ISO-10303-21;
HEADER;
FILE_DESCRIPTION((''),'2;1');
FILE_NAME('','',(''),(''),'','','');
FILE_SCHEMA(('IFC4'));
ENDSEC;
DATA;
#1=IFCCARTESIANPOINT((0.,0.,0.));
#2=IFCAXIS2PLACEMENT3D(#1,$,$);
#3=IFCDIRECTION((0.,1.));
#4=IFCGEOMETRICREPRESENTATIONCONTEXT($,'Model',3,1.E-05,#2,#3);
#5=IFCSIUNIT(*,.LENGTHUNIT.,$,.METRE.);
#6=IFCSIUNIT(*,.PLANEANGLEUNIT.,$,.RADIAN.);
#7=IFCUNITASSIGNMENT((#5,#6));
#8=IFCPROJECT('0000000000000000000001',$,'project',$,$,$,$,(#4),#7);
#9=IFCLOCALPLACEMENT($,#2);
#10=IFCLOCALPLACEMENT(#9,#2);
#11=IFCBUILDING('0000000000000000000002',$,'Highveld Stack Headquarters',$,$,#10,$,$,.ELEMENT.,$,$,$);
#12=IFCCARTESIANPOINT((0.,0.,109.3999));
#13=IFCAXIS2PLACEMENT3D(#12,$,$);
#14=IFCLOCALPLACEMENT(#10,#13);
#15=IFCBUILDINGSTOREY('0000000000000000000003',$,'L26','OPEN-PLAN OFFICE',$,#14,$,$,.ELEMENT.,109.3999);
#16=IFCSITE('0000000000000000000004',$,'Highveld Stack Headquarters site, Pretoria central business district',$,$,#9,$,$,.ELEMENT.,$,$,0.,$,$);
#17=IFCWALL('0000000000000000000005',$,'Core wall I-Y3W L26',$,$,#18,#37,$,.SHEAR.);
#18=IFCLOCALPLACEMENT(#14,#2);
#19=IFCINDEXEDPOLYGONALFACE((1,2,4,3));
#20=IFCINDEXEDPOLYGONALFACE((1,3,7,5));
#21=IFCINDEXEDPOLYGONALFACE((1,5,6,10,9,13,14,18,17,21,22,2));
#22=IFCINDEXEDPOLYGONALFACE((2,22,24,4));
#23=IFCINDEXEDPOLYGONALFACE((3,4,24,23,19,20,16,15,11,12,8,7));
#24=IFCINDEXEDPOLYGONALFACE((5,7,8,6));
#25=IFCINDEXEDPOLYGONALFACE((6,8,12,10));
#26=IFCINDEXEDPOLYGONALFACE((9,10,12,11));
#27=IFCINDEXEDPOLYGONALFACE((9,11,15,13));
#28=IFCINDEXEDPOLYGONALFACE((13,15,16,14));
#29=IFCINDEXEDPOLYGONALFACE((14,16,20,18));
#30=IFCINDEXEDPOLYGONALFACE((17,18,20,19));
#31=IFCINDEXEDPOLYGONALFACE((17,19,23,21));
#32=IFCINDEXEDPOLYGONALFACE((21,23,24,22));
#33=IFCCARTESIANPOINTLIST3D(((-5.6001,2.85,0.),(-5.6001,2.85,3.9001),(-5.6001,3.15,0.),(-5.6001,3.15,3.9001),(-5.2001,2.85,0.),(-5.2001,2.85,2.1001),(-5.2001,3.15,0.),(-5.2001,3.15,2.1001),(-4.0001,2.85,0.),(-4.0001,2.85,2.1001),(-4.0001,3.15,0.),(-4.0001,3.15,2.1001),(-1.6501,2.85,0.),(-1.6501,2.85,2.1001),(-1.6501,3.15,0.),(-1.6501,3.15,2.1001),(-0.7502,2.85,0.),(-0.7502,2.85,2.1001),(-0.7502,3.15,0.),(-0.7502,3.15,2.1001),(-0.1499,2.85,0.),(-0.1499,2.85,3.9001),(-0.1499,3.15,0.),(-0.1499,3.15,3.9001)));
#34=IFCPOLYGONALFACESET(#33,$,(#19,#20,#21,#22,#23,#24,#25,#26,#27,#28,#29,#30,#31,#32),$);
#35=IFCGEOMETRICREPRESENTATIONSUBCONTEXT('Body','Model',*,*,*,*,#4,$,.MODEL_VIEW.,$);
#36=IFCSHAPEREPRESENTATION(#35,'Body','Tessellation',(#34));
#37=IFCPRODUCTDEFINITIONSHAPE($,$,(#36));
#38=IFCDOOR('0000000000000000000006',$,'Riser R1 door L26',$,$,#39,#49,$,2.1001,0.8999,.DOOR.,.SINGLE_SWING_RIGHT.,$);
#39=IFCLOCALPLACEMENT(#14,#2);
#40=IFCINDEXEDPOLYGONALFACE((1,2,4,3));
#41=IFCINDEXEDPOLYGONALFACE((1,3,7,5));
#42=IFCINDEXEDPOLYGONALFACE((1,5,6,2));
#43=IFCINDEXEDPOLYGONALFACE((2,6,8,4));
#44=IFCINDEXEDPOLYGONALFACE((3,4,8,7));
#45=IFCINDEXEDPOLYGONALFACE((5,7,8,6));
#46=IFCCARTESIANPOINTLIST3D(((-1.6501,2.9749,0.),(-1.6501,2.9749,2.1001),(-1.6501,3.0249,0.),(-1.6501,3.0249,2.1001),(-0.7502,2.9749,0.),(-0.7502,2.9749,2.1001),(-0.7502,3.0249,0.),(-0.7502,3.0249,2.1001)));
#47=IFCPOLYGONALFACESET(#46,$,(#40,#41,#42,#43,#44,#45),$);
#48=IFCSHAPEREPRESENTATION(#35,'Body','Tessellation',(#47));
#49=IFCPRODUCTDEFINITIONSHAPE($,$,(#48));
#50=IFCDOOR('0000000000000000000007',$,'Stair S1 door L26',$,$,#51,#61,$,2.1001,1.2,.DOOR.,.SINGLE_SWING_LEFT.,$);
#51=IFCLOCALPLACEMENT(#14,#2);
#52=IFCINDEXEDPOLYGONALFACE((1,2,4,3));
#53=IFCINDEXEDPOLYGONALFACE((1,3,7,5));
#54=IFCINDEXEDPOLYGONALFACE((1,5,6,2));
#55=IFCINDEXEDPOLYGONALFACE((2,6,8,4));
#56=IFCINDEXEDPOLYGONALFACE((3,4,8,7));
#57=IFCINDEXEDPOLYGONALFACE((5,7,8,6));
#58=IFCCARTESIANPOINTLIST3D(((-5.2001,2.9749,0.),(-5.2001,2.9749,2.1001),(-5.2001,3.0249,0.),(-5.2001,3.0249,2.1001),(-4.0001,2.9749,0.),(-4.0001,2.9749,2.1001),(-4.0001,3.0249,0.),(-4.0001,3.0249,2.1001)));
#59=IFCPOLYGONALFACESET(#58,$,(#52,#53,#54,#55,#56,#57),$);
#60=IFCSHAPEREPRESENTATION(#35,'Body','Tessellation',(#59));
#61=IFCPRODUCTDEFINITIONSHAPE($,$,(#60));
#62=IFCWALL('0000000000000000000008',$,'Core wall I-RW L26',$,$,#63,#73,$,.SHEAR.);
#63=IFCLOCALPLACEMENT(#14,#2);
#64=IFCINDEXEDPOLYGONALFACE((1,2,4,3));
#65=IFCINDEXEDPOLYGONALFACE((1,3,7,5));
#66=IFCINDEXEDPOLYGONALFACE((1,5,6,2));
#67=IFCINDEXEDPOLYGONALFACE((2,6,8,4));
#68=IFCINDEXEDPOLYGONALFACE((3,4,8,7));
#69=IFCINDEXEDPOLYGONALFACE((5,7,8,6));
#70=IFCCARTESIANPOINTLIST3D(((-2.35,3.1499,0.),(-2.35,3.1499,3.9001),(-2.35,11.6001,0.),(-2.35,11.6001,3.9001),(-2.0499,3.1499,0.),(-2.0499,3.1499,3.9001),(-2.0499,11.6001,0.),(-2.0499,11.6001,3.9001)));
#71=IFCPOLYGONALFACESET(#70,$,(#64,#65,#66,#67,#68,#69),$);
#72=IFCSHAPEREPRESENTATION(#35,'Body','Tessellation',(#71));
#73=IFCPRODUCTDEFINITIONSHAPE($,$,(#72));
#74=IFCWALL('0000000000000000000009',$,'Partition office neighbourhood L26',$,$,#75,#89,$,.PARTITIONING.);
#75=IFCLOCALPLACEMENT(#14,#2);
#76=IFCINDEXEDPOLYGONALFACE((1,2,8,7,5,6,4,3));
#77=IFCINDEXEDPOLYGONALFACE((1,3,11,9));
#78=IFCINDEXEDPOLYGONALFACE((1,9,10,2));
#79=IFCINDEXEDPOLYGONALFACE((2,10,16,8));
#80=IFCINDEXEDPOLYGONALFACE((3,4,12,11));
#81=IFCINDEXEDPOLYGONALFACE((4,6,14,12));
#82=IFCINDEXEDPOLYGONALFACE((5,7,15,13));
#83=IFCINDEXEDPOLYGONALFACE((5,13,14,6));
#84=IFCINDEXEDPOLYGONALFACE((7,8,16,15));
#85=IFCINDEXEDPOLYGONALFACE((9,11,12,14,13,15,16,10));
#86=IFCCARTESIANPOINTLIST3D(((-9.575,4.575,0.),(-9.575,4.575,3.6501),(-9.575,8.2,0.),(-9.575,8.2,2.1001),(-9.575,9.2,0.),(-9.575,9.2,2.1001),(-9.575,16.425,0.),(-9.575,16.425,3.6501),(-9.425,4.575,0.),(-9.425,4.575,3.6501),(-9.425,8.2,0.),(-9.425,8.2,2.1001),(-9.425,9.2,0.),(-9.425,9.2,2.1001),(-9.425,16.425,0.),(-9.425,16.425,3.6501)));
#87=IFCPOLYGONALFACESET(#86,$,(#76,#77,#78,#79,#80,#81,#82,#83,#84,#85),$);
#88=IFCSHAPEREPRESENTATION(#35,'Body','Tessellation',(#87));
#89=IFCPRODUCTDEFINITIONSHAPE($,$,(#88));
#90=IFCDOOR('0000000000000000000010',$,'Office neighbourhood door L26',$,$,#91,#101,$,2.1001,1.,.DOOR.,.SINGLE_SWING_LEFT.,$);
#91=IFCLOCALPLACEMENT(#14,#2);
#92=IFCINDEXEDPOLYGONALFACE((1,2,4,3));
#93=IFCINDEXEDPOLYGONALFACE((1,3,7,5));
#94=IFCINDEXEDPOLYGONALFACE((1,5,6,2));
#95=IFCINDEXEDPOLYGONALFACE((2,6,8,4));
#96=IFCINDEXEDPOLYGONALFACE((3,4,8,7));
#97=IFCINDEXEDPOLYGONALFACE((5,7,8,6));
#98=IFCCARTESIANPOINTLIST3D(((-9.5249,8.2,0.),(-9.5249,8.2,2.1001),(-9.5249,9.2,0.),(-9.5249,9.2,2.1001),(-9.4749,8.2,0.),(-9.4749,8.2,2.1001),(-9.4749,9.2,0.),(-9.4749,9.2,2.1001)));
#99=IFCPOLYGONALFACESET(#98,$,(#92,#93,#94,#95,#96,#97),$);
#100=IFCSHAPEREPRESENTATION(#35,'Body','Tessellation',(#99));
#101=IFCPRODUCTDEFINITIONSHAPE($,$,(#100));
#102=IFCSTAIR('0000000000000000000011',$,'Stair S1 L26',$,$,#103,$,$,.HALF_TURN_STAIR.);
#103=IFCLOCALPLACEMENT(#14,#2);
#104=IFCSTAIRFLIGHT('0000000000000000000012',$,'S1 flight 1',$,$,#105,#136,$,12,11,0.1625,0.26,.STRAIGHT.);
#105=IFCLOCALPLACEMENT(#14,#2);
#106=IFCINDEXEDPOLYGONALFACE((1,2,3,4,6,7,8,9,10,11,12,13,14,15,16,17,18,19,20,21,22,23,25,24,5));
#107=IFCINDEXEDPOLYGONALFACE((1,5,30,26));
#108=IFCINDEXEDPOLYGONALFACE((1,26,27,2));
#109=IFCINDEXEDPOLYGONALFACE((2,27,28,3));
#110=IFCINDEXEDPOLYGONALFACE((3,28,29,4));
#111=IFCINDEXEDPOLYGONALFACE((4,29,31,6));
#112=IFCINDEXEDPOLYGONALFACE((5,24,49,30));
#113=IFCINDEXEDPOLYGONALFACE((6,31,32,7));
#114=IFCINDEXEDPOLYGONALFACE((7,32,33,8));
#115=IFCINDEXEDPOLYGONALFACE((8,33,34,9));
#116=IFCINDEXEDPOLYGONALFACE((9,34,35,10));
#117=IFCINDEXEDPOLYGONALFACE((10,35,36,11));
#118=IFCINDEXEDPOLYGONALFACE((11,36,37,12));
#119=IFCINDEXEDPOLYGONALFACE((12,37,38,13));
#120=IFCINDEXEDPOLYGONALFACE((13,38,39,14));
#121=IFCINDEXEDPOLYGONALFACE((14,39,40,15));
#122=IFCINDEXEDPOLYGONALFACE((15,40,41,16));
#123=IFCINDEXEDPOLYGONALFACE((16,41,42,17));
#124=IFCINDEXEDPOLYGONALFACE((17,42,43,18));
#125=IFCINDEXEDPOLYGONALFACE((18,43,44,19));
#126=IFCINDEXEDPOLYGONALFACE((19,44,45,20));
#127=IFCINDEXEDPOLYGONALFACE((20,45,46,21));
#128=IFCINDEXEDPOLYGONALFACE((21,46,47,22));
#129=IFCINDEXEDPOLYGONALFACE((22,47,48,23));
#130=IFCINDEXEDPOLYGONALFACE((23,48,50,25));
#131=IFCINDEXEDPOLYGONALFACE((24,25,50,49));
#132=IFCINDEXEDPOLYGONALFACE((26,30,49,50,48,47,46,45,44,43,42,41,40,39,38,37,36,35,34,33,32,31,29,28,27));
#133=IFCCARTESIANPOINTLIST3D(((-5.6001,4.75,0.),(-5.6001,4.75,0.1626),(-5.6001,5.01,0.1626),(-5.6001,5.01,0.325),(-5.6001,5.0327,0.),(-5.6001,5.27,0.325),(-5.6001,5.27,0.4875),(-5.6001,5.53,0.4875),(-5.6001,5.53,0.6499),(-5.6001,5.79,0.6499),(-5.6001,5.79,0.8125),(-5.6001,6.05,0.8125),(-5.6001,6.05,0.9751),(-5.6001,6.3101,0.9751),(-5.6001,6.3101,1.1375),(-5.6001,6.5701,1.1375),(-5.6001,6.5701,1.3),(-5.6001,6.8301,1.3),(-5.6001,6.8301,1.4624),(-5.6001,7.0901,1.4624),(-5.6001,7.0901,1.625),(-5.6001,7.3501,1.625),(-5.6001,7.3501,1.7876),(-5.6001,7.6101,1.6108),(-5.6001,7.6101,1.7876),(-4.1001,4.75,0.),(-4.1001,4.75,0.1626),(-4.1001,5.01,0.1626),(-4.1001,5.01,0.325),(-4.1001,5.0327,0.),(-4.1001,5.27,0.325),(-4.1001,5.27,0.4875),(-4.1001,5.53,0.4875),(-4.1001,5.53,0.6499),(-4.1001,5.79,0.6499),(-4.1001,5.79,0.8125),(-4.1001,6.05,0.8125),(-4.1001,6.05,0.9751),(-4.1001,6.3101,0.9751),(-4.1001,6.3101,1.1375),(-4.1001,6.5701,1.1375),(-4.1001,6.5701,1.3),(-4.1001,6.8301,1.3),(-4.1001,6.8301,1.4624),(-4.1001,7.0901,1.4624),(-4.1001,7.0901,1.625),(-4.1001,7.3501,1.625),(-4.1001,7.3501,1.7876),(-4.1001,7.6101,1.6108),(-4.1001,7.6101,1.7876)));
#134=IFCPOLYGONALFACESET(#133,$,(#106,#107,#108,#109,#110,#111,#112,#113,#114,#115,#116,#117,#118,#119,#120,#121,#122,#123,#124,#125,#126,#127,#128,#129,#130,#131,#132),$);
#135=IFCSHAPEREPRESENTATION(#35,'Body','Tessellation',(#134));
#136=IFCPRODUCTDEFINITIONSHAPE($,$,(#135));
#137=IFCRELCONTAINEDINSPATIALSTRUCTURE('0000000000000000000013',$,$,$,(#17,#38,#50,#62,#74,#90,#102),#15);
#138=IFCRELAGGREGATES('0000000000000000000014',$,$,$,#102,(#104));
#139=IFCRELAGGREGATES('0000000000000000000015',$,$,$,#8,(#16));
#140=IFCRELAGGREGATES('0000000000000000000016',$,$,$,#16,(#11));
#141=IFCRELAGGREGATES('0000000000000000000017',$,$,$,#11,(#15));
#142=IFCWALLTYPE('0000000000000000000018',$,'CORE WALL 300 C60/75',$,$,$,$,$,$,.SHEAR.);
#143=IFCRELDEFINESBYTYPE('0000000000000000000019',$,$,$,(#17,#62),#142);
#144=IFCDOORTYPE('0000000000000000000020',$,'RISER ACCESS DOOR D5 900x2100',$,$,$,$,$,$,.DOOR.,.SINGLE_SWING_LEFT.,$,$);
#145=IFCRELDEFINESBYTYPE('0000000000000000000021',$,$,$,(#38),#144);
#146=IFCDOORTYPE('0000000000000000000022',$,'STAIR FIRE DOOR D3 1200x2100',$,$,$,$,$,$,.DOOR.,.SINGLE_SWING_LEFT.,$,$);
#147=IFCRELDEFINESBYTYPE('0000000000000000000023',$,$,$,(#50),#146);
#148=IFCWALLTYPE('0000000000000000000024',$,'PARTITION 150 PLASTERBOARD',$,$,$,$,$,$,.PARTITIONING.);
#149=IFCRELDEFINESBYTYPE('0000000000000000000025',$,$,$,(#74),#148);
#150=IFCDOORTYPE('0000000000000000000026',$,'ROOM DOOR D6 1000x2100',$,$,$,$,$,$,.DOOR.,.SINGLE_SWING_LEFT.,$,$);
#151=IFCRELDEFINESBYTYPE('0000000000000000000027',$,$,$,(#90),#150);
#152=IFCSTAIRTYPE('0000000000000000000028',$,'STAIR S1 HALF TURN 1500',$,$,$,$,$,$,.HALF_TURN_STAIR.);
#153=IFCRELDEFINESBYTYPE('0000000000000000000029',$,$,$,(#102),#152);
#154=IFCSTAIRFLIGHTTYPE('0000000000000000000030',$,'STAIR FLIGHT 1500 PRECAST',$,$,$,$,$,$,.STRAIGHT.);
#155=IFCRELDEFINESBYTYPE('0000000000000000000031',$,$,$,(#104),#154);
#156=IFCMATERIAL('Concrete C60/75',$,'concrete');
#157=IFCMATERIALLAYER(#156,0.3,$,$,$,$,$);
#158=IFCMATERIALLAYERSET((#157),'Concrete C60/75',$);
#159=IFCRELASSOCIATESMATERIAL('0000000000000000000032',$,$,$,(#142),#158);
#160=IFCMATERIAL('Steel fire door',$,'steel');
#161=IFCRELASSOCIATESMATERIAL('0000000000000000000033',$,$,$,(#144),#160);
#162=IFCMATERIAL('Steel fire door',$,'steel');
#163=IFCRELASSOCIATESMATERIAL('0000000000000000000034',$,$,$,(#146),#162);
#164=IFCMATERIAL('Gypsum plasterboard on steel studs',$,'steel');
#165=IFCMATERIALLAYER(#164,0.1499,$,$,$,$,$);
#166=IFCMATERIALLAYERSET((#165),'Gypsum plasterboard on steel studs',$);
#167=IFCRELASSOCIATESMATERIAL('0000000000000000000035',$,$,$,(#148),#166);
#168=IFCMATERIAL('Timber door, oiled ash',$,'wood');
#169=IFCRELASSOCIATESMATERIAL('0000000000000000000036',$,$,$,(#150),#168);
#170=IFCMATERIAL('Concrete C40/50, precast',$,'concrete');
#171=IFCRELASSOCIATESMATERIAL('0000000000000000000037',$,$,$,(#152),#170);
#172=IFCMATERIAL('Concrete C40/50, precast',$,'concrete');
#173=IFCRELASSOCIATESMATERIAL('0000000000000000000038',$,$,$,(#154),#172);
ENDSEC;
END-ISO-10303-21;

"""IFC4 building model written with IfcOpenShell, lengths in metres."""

from ifc_helpers import new_model, si_unit, direction, frame, frame_2d, origin, place, context, subcontext, project, spatial, polyline, rectangle, outline, extrude, material, layer, layer_set, type_object, element, fill, aggregate, save


model = new_model("IFC4")

# Units and contexts
model_context = context("Model", 3, precision=1e-05, world=origin(), true_north=direction((0.0, 1.0)))
body_context = subcontext(model_context, "Body", "Model", "MODEL_VIEW")
ifc_project = project(units=[si_unit("LENGTHUNIT", "METRE"), si_unit("PLANEANGLEUNIT", "RADIAN")], contexts=[model_context])

# Site, building, storey
site_placement = place(None, origin())
site = spatial("IfcSite", under=ifc_project, at=site_placement, Name="Highveld Stack Headquarters site, Pretoria central business district", CompositionType="ELEMENT", RefElevation=0.0)
building_placement = place(site_placement, origin())
building = spatial("IfcBuilding", under=site, at=building_placement, Name="Highveld Stack Headquarters", CompositionType="ELEMENT")
storey_placement = place(building_placement, frame((0.0, 0.0, 109.3999)))
storey = spatial("IfcBuildingStorey", under=building, at=storey_placement, Name="L26", Description="OPEN-PLAN OFFICE", CompositionType="ELEMENT", Elevation=109.3999)

# Wall, openings, doors
ifc_material_1 = material(Name="Concrete C60/75", Category="concrete")
ifc_layer_1 = layer(ifc_material_1, 0.3)
ifc_layer_set_1 = layer_set([ifc_layer_1], Name="Concrete C60/75")
wall_type_1 = type_object("IfcWallType", Name="CORE WALL 300 C60/75", PredefinedType="SHEAR", material=ifc_layer_set_1)
wall_1_placement = place(storey_placement, frame((-5.6001, 3.0, 0.0), z_axis=(0.0, 0.0, 1.0), x_axis=(1.0, 0.0, 0.0)))
wall_1 = element("IfcWall", 1, at=wall_1_placement, inside=storey, type_object=wall_type_1, Name="Core wall I-Y3W L26", PredefinedType="SHEAR", context=body_context, shape_type="SweptSolid", body=[
    extrude(rectangle(XDim=5.4502, YDim=0.3, at=frame_2d((2.7251, 0.0))), origin(), (0.0, 0.0, 1.0), 3.9001),
])
opening_1_placement = place(wall_1_placement, frame((0.3999, 0.0, 0.0)))
opening_1 = element("IfcOpeningElement", 2, at=opening_1_placement, cuts=wall_1, PredefinedType="OPENING", context=body_context, shape_type="SweptSolid", body=[
    extrude(rectangle(XDim=1.2, YDim=2.1001, at=frame_2d((0.6001, 1.05))), frame((0.0, 0.1599, 0.0), z_axis=(0.0, -1.0, 0.0), x_axis=(1.0, 0.0, 0.0)), (0.0, 0.0, 1.0), 0.3201),
])
opening_2_placement = place(wall_1_placement, frame((3.95, 0.0, 0.0)))
opening_2 = element("IfcOpeningElement", 3, at=opening_2_placement, cuts=wall_1, PredefinedType="OPENING", context=body_context, shape_type="SweptSolid", body=[
    extrude(rectangle(XDim=0.8999, YDim=2.1001, at=frame_2d((0.45, 1.05))), frame((0.0, 0.1599, 0.0), z_axis=(0.0, -1.0, 0.0), x_axis=(1.0, 0.0, 0.0)), (0.0, 0.0, 1.0), 0.3201),
])
ifc_material_2 = material(Name="Steel fire door", Category="steel")
door_type_1 = type_object("IfcDoorType", Name="RISER ACCESS DOOR D5 900x2100", OperationType="SINGLE_SWING_LEFT", PredefinedType="DOOR", material=ifc_material_2)
door_1_placement = place(opening_2_placement, origin())
door_1 = element("IfcDoor", 4, at=door_1_placement, inside=storey, type_object=door_type_1, Name="Riser R1 door L26", OperationType="SINGLE_SWING_RIGHT", OverallHeight=2.1001, OverallWidth=0.8999, PredefinedType="DOOR", context=body_context, shape_type="SweptSolid", body=[
    extrude(rectangle(XDim=0.8999, YDim=2.1001, at=frame_2d((0.45, 1.05))), frame((0.0, 0.0249, 0.0), z_axis=(0.0, -1.0, 0.0), x_axis=(1.0, 0.0, 0.0)), (0.0, 0.0, 1.0), 0.05),
])
fill(opening_2, door_1)
ifc_material_3 = material(Name="Steel fire door", Category="steel")
door_type_2 = type_object("IfcDoorType", Name="STAIR FIRE DOOR D3 1200x2100", OperationType="SINGLE_SWING_LEFT", PredefinedType="DOOR", material=ifc_material_3)
door_2_placement = place(opening_1_placement, origin())
door_2 = element("IfcDoor", 5, at=door_2_placement, inside=storey, type_object=door_type_2, Name="Stair S1 door L26", OperationType="SINGLE_SWING_LEFT", OverallHeight=2.1001, OverallWidth=1.2, PredefinedType="DOOR", context=body_context, shape_type="SweptSolid", body=[
    extrude(rectangle(XDim=1.2, YDim=2.1001, at=frame_2d((0.6001, 1.05))), frame((0.0, 0.0249, 0.0), z_axis=(0.0, -1.0, 0.0), x_axis=(1.0, 0.0, 0.0)), (0.0, 0.0, 1.0), 0.05),
])
fill(opening_1, door_2)

# Wall
wall_2_placement = place(storey_placement, frame((-2.2, 3.1499, 0.0), z_axis=(0.0, 0.0, 1.0), x_axis=(0.0, 1.0, 0.0)))
element("IfcWall", 6, at=wall_2_placement, inside=storey, type_object=wall_type_1, Name="Core wall I-RW L26", PredefinedType="SHEAR", context=body_context, shape_type="SweptSolid", body=[
    extrude(rectangle(XDim=8.4502, YDim=0.3, at=frame_2d((4.2251, 0.0))), origin(), (0.0, 0.0, 1.0), 3.9001),
])

# Wall, opening, door
ifc_material_4 = material(Name="Gypsum plasterboard on steel studs", Category="steel")
ifc_layer_2 = layer(ifc_material_4, 0.1499)
ifc_layer_set_2 = layer_set([ifc_layer_2], Name="Gypsum plasterboard on steel studs")
wall_type_2 = type_object("IfcWallType", Name="PARTITION 150 PLASTERBOARD", PredefinedType="PARTITIONING", material=ifc_layer_set_2)
wall_3_placement = place(storey_placement, frame((-9.5, 4.575, 0.0), z_axis=(0.0, 0.0, 1.0), x_axis=(0.0, 1.0, 0.0)))
wall_3 = element("IfcWall", 7, at=wall_3_placement, inside=storey, type_object=wall_type_2, Name="Partition office neighbourhood L26", PredefinedType="PARTITIONING", context=body_context, shape_type="SweptSolid", body=[
    extrude(rectangle(XDim=11.8501, YDim=0.1499, at=frame_2d((5.925, 0.0))), origin(), (0.0, 0.0, 1.0), 3.6501),
])
opening_3_placement = place(wall_3_placement, frame((3.625, 0.0, 0.0)))
opening_3 = element("IfcOpeningElement", 8, at=opening_3_placement, cuts=wall_3, PredefinedType="OPENING", context=body_context, shape_type="SweptSolid", body=[
    extrude(rectangle(XDim=1.0, YDim=2.1001, at=frame_2d((0.5, 1.05))), frame((0.0, 0.085, 0.0), z_axis=(0.0, -1.0, 0.0), x_axis=(1.0, 0.0, 0.0)), (0.0, 0.0, 1.0), 0.1699),
])
ifc_material_5 = material(Name="Timber door, oiled ash", Category="wood")
door_type_3 = type_object("IfcDoorType", Name="ROOM DOOR D6 1000x2100", OperationType="SINGLE_SWING_LEFT", PredefinedType="DOOR", material=ifc_material_5)
door_3_placement = place(opening_3_placement, origin())
door_3 = element("IfcDoor", 9, at=door_3_placement, inside=storey, type_object=door_type_3, Name="Office neighbourhood door L26", OperationType="SINGLE_SWING_LEFT", OverallHeight=2.1001, OverallWidth=1.0, PredefinedType="DOOR", context=body_context, shape_type="SweptSolid", body=[
    extrude(rectangle(XDim=1.0, YDim=2.1001, at=frame_2d((0.5, 1.05))), frame((0.0, 0.0249, 0.0), z_axis=(0.0, -1.0, 0.0), x_axis=(1.0, 0.0, 0.0)), (0.0, 0.0, 1.0), 0.05),
])
fill(opening_3, door_3)

# Stair, stair flight
ifc_material_6 = material(Name="Concrete C40/50, precast", Category="concrete")
stair_type = type_object("IfcStairType", Name="STAIR S1 HALF TURN 1500", PredefinedType="HALF_TURN_STAIR", material=ifc_material_6)
stair_placement = place(storey_placement, origin())
stair = element("IfcStair", 10, at=stair_placement, inside=storey, type_object=stair_type, Name="Stair S1 L26", PredefinedType="HALF_TURN_STAIR")
ifc_material_7 = material(Name="Concrete C40/50, precast", Category="concrete")
stair_flight_type = type_object("IfcStairFlightType", Name="STAIR FLIGHT 1500 PRECAST", PredefinedType="STRAIGHT", material=ifc_material_7)
stair_flight_placement = place(storey_placement, frame((-4.8501, 4.75, 0.0), z_axis=(0.0, 0.0, 1.0), x_axis=(0.0, 1.0, 0.0)))
stair_flight = element("IfcStairFlight", 11, at=stair_flight_placement, type_object=stair_flight_type, Name="S1 flight 1", NumberOfRisers=12, NumberOfTreads=11, PredefinedType="STRAIGHT", RiserHeight=0.1625, TreadLength=0.26, context=body_context, shape_type="SweptSolid", body=[
    extrude(outline(polyline([(0.0, 0.0), (0.0, 0.1626), (0.26, 0.1626), (0.26, 0.325), (0.52, 0.325), (0.52, 0.4875), (0.78, 0.4875), (0.78, 0.6499), (1.04, 0.6499), (1.04, 0.8125), (1.3, 0.8125), (1.3, 0.9751), (1.5601, 0.9751), (1.5601, 1.1375), (1.8201, 1.1375), (1.8201, 1.3), (2.0801, 1.3), (2.0801, 1.4624), (2.3401, 1.4624), (2.3401, 1.625), (2.6001, 1.625), (2.6001, 1.7876), (2.8601, 1.7876), (2.8601, 1.95), (2.8601, 1.6108), (0.2827, 0.0), (0.0, 0.0)])), frame((0.0, 0.75, 0.0), z_axis=(0.0, -1.0, 0.0), x_axis=(1.0, 0.0, 0.0)), (0.0, 0.0, 1.0), 1.5),
])
aggregate(stair, [stair_flight])

save(model, "model.ifc")
